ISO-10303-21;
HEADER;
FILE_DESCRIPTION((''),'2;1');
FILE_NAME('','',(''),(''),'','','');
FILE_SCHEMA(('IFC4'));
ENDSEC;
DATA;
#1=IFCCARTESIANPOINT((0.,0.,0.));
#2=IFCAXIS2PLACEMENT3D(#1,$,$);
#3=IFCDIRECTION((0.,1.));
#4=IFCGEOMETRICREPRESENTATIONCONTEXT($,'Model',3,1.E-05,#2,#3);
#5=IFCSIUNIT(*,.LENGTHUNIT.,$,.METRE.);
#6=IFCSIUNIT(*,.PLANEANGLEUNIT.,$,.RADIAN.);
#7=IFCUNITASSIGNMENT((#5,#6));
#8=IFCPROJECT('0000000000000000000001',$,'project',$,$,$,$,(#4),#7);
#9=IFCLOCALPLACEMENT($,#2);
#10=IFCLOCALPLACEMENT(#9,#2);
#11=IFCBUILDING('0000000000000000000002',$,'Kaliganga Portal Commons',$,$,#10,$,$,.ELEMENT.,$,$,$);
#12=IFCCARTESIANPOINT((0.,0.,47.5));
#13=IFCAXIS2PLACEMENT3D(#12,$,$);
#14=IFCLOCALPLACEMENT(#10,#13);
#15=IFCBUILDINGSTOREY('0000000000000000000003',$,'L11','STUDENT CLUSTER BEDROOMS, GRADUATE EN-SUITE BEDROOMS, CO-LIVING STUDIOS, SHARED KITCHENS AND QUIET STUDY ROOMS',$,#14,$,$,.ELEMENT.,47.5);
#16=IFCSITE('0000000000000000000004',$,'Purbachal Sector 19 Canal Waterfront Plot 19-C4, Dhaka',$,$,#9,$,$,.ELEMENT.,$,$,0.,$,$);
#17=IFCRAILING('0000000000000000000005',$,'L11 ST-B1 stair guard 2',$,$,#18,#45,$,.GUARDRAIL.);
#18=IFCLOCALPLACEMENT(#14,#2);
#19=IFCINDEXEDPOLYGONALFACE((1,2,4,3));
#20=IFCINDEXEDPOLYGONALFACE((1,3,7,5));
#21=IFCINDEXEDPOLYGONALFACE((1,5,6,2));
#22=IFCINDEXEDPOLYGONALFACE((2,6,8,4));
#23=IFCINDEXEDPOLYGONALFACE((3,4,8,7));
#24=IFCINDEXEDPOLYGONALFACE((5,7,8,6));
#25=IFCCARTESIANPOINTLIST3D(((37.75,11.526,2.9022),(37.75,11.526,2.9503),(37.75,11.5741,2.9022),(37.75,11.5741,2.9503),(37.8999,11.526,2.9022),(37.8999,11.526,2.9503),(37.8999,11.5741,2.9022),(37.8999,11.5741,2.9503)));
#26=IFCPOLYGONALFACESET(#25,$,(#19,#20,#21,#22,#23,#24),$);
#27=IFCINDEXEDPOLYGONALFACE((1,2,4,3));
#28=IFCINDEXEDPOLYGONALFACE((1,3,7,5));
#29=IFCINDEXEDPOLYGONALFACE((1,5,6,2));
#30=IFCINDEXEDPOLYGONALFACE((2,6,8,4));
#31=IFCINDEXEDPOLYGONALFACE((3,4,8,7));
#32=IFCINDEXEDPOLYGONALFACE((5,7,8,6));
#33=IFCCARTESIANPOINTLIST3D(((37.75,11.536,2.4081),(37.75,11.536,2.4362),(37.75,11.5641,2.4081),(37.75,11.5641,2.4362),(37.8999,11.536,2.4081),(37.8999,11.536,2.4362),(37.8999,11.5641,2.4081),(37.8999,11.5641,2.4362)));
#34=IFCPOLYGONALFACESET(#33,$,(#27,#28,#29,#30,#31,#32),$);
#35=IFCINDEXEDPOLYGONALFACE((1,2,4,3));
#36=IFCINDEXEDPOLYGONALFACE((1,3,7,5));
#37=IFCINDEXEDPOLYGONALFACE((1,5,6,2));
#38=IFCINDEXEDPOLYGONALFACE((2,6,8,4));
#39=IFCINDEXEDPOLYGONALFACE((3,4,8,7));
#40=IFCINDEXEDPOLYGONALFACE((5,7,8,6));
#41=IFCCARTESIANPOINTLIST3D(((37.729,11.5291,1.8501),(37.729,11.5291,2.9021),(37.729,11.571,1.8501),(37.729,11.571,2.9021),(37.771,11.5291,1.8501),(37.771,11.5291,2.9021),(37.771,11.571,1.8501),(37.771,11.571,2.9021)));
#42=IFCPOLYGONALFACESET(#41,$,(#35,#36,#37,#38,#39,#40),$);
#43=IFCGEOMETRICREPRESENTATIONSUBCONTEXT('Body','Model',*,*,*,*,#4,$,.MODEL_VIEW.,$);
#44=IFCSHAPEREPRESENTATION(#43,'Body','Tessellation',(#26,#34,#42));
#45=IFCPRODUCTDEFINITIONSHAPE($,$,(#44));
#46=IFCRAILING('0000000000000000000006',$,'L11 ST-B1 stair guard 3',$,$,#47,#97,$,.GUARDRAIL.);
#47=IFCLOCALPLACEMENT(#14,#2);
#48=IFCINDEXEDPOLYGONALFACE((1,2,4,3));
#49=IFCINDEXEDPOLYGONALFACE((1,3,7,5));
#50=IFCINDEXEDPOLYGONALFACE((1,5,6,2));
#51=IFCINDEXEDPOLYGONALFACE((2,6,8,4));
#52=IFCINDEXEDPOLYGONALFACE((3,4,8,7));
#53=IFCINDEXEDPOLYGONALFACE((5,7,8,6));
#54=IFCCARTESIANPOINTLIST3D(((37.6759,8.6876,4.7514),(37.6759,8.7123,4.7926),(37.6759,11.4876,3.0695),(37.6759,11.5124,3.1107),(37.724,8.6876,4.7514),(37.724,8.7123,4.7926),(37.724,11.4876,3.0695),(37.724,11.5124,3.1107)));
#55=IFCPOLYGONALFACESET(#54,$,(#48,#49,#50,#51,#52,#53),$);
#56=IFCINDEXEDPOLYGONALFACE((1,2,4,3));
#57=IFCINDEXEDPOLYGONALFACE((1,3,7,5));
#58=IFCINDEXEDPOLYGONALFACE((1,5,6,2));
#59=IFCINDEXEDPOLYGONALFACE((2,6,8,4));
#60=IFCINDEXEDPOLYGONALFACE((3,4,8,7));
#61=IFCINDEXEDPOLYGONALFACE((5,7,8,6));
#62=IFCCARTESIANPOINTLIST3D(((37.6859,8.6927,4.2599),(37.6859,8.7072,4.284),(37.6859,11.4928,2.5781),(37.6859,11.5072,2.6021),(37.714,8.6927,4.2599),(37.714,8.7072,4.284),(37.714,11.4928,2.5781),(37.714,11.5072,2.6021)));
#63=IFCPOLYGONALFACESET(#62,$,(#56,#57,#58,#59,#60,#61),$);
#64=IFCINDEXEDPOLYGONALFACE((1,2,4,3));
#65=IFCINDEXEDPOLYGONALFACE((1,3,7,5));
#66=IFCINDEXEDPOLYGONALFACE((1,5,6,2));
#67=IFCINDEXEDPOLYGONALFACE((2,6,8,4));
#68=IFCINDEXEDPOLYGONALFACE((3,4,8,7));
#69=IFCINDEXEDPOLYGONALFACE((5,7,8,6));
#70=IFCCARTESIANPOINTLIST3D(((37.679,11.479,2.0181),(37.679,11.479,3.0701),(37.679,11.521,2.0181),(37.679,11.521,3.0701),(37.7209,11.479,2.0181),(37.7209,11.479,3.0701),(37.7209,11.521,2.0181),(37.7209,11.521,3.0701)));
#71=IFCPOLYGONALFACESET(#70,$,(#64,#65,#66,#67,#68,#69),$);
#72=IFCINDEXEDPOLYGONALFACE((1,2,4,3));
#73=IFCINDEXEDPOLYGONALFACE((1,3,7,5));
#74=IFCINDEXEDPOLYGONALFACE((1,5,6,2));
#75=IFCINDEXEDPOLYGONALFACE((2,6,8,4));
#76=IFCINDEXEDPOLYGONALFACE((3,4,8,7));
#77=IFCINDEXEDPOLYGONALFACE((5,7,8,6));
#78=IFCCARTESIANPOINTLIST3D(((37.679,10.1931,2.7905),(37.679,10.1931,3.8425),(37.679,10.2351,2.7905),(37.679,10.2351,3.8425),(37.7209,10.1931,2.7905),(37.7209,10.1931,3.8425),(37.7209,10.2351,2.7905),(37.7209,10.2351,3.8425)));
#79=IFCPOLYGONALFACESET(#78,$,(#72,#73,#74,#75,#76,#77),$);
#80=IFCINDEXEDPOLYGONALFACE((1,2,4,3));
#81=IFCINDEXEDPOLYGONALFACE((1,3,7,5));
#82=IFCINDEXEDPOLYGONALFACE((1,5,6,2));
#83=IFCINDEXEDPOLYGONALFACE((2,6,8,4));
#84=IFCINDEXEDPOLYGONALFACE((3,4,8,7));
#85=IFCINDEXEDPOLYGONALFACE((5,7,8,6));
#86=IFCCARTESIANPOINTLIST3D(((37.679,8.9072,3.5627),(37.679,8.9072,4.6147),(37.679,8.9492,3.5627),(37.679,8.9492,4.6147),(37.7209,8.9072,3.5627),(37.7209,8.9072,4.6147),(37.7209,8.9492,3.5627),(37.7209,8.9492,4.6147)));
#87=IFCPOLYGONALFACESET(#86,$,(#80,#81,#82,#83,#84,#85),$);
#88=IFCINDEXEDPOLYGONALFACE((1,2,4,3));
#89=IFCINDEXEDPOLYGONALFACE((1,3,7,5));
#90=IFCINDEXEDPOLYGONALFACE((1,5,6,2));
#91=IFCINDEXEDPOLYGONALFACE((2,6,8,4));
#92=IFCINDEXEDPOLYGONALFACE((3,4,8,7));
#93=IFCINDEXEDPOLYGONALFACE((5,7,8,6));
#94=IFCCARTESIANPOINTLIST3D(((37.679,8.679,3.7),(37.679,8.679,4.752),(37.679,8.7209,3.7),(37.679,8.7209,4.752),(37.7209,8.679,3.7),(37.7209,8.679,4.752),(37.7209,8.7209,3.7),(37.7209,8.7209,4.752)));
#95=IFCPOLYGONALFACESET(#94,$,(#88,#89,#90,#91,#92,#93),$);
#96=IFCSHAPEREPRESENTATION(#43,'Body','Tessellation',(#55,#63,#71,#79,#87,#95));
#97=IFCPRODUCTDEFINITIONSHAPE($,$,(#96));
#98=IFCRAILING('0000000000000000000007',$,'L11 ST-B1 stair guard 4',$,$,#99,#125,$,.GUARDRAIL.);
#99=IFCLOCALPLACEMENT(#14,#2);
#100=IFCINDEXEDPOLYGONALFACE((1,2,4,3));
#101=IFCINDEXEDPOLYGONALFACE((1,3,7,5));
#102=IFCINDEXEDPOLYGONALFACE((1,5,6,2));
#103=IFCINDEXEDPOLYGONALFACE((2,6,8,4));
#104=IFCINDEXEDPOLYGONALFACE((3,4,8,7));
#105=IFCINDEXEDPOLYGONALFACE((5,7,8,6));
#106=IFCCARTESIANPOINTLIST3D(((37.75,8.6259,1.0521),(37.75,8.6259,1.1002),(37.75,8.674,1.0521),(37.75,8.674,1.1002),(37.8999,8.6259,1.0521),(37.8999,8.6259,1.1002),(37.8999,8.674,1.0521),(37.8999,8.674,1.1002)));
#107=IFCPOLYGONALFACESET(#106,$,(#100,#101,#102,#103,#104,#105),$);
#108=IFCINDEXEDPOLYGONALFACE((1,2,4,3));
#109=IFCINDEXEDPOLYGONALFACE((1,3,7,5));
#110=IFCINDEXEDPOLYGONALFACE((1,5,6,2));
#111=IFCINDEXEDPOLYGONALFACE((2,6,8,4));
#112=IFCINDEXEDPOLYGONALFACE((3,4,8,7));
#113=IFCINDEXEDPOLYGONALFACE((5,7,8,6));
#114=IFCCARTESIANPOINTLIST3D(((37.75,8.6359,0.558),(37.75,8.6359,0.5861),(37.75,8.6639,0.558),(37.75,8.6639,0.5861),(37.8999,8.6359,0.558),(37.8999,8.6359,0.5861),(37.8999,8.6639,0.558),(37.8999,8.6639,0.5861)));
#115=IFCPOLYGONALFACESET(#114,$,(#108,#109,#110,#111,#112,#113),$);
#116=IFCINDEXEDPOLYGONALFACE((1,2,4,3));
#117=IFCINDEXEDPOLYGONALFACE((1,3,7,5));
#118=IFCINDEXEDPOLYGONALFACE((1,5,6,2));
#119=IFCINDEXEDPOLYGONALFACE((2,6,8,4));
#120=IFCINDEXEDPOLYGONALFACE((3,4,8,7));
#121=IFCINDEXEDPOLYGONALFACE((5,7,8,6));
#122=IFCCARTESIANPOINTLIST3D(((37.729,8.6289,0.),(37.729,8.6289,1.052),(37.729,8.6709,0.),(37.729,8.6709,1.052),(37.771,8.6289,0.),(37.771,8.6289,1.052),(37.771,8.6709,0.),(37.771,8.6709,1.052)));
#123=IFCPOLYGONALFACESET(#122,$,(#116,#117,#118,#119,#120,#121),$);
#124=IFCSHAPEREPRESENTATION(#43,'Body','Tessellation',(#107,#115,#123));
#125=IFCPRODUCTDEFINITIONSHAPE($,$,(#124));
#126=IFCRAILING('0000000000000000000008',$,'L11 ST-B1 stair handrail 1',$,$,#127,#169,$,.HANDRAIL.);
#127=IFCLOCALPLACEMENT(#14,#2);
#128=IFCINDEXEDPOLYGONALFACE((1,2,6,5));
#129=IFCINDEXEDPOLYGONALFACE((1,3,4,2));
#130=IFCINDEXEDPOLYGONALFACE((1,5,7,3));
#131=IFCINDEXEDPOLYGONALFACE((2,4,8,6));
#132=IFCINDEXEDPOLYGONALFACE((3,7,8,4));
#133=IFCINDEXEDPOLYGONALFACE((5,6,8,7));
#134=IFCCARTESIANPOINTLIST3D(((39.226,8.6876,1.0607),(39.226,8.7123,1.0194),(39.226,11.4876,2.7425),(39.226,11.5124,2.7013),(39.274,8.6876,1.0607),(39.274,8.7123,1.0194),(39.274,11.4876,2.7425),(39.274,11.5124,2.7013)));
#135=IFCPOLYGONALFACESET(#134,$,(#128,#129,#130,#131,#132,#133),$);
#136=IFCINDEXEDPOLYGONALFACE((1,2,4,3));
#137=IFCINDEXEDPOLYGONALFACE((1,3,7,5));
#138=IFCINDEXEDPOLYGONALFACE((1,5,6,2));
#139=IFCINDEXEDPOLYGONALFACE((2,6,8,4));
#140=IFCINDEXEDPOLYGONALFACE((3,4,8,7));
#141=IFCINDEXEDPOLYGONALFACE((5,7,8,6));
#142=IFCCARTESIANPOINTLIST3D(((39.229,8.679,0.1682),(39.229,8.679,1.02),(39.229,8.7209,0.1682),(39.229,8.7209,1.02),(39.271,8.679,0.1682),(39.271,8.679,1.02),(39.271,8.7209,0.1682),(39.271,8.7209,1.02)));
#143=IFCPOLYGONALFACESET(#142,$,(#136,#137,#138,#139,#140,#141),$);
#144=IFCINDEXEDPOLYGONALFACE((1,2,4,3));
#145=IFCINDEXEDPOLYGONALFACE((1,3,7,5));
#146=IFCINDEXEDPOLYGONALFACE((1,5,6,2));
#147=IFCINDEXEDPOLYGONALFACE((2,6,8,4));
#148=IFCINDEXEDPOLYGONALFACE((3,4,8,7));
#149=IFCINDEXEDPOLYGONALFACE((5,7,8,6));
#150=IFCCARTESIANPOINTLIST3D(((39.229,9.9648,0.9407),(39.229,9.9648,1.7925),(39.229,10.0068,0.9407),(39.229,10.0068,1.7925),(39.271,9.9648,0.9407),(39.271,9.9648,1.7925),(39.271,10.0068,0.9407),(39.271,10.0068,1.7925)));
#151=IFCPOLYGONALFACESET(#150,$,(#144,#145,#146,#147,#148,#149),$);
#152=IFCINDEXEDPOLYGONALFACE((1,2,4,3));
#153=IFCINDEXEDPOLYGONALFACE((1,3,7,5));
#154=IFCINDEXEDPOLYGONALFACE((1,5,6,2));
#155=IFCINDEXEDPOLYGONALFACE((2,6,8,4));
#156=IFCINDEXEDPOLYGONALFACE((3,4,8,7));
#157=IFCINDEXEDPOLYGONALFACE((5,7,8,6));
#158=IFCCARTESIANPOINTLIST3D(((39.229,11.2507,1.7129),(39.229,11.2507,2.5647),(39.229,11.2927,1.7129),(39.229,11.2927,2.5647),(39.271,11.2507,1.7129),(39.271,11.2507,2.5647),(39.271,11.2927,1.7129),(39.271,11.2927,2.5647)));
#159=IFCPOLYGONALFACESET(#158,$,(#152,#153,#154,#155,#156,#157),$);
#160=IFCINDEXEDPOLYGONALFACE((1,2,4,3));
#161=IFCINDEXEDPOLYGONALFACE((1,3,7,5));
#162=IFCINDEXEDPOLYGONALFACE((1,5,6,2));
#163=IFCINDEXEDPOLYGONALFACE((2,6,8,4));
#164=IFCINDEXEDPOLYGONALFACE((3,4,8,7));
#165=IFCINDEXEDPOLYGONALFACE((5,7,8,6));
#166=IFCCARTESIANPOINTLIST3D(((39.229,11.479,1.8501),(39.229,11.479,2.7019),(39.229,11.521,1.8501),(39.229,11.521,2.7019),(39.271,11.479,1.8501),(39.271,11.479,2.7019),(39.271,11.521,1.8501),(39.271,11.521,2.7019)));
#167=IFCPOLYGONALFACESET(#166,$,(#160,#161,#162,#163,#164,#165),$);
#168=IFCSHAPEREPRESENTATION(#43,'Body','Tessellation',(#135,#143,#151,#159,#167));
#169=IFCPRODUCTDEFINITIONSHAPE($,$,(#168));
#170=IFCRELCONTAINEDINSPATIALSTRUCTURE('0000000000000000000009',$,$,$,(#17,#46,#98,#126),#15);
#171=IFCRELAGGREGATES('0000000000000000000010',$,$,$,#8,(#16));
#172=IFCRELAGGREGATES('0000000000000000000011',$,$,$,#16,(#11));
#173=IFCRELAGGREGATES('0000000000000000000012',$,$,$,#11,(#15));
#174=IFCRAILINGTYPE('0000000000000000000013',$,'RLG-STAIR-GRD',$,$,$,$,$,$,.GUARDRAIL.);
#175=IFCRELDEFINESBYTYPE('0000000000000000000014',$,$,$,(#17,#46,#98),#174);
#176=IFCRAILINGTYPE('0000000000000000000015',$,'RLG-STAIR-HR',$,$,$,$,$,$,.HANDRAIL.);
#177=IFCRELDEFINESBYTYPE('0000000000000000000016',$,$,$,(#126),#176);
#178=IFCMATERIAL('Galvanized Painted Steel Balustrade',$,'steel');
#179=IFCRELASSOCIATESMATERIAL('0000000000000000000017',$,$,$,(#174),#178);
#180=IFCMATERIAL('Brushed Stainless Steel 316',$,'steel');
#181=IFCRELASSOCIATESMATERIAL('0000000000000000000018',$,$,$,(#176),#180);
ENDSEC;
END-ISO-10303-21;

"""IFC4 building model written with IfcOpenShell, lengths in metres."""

from ifc_helpers import new_model, si_unit, direction, frame, origin, origin_2d, place, context, subcontext, project, spatial, rectangle, extrude, material, type_object, element, save


model = new_model("IFC4")

# Units and contexts
model_context = context("Model", 3, precision=1e-05, world=origin(), true_north=direction((0.0, 1.0)))
body_context = subcontext(model_context, "Body", "Model", "MODEL_VIEW")
ifc_project = project(units=[si_unit("LENGTHUNIT", "METRE"), si_unit("PLANEANGLEUNIT", "RADIAN")], contexts=[model_context])

# Site, building, storey
site_placement = place(None, origin())
site = spatial("IfcSite", under=ifc_project, at=site_placement, Name="Purbachal Sector 19 Canal Waterfront Plot 19-C4, Dhaka", CompositionType="ELEMENT", RefElevation=0.0)
building_placement = place(site_placement, origin())
building = spatial("IfcBuilding", under=site, at=building_placement, Name="Kaliganga Portal Commons", CompositionType="ELEMENT")
storey_placement = place(building_placement, frame((0.0, 0.0, 47.5)))
storey = spatial("IfcBuildingStorey", under=building, at=storey_placement, Name="L11", Description="STUDENT CLUSTER BEDROOMS, GRADUATE EN-SUITE BEDROOMS, CO-LIVING STUDIOS, SHARED KITCHENS AND QUIET STUDY ROOMS", CompositionType="ELEMENT", Elevation=47.5)

# Railings
ifc_material_1 = material(Name="Galvanized Painted Steel Balustrade", Category="steel")
railing_type_1 = type_object("IfcRailingType", Name="RLG-STAIR-GRD", PredefinedType="GUARDRAIL", material=ifc_material_1)
railing_1_placement = place(storey_placement, frame((37.8999, 11.55, 1.8501)))
element("IfcRailing", 1, at=railing_1_placement, inside=storey, type_object=railing_type_1, Name="L11 ST-B1 stair guard 2", PredefinedType="GUARDRAIL", context=body_context, shape_type="SweptSolid", body=[
    extrude(rectangle(XDim=0.0481, YDim=0.0481, at=origin_2d()), frame((0.0, 0.0, 1.0762), z_axis=(-1.0, 0.0, 0.0), x_axis=(0.0, -1.0, 0.0)), (0.0, 0.0, 1.0), 0.1499),
    extrude(rectangle(XDim=0.0281, YDim=0.0281, at=origin_2d()), frame((0.0, 0.0, 0.572), z_axis=(-1.0, 0.0, 0.0), x_axis=(0.0, -1.0, 0.0)), (0.0, 0.0, 1.0), 0.1499),
    extrude(rectangle(XDim=0.042, YDim=0.042, at=origin_2d()), frame((-0.1499, 0.0, 0.0)), (0.0, 0.0, 1.0), 1.052),
])
railing_2_placement = place(storey_placement, frame((37.7, 11.5, 2.0181)))
element("IfcRailing", 2, at=railing_2_placement, inside=storey, type_object=railing_type_1, Name="L11 ST-B1 stair guard 3", PredefinedType="GUARDRAIL", context=body_context, shape_type="SweptSolid", body=[
    extrude(rectangle(XDim=0.0481, YDim=0.0481, at=origin_2d()), frame((0.0, 0.0, 1.072), z_axis=(0.0, -0.857242, 0.514913), x_axis=(1.0, 0.0, 0.0)), (0.0, 0.0, 1.0), 3.2664),
    extrude(rectangle(XDim=0.0281, YDim=0.0281, at=origin_2d()), frame((0.0, 0.0, 0.572), z_axis=(0.0, -0.857242, 0.514913), x_axis=(1.0, 0.0, 0.0)), (0.0, 0.0, 1.0), 3.2664),
    extrude(rectangle(XDim=0.042, YDim=0.042, at=origin_2d()), origin(), (0.0, 0.0, 1.0), 1.052),
    extrude(rectangle(XDim=0.042, YDim=0.042, at=origin_2d()), frame((0.0, -1.2859, 0.7725)), (0.0, 0.0, 1.0), 1.052),
    extrude(rectangle(XDim=0.042, YDim=0.042, at=origin_2d()), frame((0.0, -2.5718, 1.5447)), (0.0, 0.0, 1.0), 1.052),
    extrude(rectangle(XDim=0.042, YDim=0.042, at=origin_2d()), frame((0.0, -2.8, 1.6819)), (0.0, 0.0, 1.0), 1.052),
])
railing_3_placement = place(storey_placement, frame((37.8999, 8.6499, 0.0)))
element("IfcRailing", 3, at=railing_3_placement, inside=storey, type_object=railing_type_1, Name="L11 ST-B1 stair guard 4", PredefinedType="GUARDRAIL", context=body_context, shape_type="SweptSolid", body=[
    extrude(rectangle(XDim=0.0481, YDim=0.0481, at=origin_2d()), frame((0.0, 0.0, 1.0762), z_axis=(-1.0, 0.0, 0.0), x_axis=(0.0, -1.0, 0.0)), (0.0, 0.0, 1.0), 0.1499),
    extrude(rectangle(XDim=0.0281, YDim=0.0281, at=origin_2d()), frame((0.0, 0.0, 0.572), z_axis=(-1.0, 0.0, 0.0), x_axis=(0.0, -1.0, 0.0)), (0.0, 0.0, 1.0), 0.1499),
    extrude(rectangle(XDim=0.042, YDim=0.042, at=origin_2d()), frame((-0.1499, 0.0, 0.0)), (0.0, 0.0, 1.0), 1.052),
])
ifc_material_2 = material(Name="Brushed Stainless Steel 316", Category="steel")
railing_type_2 = type_object("IfcRailingType", Name="RLG-STAIR-HR", PredefinedType="HANDRAIL", material=ifc_material_2)
railing_4_placement = place(storey_placement, frame((39.25, 8.7, 0.1682)))
element("IfcRailing", 4, at=railing_4_placement, inside=storey, type_object=railing_type_2, Name="L11 ST-B1 stair handrail 1", PredefinedType="HANDRAIL", context=body_context, shape_type="SweptSolid", body=[
    extrude(rectangle(XDim=0.0481, YDim=0.0481, at=origin_2d()), frame((0.0, 0.0, 0.8718), z_axis=(0.0, 0.857242, 0.514913), x_axis=(-1.0, 0.0, 0.0)), (0.0, 0.0, 1.0), 3.2664),
    extrude(rectangle(XDim=0.042, YDim=0.042, at=origin_2d()), origin(), (0.0, 0.0, 1.0), 0.8518),
    extrude(rectangle(XDim=0.042, YDim=0.042, at=origin_2d()), frame((0.0, 1.2859, 0.7725)), (0.0, 0.0, 1.0), 0.8518),
    extrude(rectangle(XDim=0.042, YDim=0.042, at=origin_2d()), frame((0.0, 2.5718, 1.5447)), (0.0, 0.0, 1.0), 0.8518),
    extrude(rectangle(XDim=0.042, YDim=0.042, at=origin_2d()), frame((0.0, 2.8, 1.6819)), (0.0, 0.0, 1.0), 0.8518),
])

save(model, "model.ifc")
